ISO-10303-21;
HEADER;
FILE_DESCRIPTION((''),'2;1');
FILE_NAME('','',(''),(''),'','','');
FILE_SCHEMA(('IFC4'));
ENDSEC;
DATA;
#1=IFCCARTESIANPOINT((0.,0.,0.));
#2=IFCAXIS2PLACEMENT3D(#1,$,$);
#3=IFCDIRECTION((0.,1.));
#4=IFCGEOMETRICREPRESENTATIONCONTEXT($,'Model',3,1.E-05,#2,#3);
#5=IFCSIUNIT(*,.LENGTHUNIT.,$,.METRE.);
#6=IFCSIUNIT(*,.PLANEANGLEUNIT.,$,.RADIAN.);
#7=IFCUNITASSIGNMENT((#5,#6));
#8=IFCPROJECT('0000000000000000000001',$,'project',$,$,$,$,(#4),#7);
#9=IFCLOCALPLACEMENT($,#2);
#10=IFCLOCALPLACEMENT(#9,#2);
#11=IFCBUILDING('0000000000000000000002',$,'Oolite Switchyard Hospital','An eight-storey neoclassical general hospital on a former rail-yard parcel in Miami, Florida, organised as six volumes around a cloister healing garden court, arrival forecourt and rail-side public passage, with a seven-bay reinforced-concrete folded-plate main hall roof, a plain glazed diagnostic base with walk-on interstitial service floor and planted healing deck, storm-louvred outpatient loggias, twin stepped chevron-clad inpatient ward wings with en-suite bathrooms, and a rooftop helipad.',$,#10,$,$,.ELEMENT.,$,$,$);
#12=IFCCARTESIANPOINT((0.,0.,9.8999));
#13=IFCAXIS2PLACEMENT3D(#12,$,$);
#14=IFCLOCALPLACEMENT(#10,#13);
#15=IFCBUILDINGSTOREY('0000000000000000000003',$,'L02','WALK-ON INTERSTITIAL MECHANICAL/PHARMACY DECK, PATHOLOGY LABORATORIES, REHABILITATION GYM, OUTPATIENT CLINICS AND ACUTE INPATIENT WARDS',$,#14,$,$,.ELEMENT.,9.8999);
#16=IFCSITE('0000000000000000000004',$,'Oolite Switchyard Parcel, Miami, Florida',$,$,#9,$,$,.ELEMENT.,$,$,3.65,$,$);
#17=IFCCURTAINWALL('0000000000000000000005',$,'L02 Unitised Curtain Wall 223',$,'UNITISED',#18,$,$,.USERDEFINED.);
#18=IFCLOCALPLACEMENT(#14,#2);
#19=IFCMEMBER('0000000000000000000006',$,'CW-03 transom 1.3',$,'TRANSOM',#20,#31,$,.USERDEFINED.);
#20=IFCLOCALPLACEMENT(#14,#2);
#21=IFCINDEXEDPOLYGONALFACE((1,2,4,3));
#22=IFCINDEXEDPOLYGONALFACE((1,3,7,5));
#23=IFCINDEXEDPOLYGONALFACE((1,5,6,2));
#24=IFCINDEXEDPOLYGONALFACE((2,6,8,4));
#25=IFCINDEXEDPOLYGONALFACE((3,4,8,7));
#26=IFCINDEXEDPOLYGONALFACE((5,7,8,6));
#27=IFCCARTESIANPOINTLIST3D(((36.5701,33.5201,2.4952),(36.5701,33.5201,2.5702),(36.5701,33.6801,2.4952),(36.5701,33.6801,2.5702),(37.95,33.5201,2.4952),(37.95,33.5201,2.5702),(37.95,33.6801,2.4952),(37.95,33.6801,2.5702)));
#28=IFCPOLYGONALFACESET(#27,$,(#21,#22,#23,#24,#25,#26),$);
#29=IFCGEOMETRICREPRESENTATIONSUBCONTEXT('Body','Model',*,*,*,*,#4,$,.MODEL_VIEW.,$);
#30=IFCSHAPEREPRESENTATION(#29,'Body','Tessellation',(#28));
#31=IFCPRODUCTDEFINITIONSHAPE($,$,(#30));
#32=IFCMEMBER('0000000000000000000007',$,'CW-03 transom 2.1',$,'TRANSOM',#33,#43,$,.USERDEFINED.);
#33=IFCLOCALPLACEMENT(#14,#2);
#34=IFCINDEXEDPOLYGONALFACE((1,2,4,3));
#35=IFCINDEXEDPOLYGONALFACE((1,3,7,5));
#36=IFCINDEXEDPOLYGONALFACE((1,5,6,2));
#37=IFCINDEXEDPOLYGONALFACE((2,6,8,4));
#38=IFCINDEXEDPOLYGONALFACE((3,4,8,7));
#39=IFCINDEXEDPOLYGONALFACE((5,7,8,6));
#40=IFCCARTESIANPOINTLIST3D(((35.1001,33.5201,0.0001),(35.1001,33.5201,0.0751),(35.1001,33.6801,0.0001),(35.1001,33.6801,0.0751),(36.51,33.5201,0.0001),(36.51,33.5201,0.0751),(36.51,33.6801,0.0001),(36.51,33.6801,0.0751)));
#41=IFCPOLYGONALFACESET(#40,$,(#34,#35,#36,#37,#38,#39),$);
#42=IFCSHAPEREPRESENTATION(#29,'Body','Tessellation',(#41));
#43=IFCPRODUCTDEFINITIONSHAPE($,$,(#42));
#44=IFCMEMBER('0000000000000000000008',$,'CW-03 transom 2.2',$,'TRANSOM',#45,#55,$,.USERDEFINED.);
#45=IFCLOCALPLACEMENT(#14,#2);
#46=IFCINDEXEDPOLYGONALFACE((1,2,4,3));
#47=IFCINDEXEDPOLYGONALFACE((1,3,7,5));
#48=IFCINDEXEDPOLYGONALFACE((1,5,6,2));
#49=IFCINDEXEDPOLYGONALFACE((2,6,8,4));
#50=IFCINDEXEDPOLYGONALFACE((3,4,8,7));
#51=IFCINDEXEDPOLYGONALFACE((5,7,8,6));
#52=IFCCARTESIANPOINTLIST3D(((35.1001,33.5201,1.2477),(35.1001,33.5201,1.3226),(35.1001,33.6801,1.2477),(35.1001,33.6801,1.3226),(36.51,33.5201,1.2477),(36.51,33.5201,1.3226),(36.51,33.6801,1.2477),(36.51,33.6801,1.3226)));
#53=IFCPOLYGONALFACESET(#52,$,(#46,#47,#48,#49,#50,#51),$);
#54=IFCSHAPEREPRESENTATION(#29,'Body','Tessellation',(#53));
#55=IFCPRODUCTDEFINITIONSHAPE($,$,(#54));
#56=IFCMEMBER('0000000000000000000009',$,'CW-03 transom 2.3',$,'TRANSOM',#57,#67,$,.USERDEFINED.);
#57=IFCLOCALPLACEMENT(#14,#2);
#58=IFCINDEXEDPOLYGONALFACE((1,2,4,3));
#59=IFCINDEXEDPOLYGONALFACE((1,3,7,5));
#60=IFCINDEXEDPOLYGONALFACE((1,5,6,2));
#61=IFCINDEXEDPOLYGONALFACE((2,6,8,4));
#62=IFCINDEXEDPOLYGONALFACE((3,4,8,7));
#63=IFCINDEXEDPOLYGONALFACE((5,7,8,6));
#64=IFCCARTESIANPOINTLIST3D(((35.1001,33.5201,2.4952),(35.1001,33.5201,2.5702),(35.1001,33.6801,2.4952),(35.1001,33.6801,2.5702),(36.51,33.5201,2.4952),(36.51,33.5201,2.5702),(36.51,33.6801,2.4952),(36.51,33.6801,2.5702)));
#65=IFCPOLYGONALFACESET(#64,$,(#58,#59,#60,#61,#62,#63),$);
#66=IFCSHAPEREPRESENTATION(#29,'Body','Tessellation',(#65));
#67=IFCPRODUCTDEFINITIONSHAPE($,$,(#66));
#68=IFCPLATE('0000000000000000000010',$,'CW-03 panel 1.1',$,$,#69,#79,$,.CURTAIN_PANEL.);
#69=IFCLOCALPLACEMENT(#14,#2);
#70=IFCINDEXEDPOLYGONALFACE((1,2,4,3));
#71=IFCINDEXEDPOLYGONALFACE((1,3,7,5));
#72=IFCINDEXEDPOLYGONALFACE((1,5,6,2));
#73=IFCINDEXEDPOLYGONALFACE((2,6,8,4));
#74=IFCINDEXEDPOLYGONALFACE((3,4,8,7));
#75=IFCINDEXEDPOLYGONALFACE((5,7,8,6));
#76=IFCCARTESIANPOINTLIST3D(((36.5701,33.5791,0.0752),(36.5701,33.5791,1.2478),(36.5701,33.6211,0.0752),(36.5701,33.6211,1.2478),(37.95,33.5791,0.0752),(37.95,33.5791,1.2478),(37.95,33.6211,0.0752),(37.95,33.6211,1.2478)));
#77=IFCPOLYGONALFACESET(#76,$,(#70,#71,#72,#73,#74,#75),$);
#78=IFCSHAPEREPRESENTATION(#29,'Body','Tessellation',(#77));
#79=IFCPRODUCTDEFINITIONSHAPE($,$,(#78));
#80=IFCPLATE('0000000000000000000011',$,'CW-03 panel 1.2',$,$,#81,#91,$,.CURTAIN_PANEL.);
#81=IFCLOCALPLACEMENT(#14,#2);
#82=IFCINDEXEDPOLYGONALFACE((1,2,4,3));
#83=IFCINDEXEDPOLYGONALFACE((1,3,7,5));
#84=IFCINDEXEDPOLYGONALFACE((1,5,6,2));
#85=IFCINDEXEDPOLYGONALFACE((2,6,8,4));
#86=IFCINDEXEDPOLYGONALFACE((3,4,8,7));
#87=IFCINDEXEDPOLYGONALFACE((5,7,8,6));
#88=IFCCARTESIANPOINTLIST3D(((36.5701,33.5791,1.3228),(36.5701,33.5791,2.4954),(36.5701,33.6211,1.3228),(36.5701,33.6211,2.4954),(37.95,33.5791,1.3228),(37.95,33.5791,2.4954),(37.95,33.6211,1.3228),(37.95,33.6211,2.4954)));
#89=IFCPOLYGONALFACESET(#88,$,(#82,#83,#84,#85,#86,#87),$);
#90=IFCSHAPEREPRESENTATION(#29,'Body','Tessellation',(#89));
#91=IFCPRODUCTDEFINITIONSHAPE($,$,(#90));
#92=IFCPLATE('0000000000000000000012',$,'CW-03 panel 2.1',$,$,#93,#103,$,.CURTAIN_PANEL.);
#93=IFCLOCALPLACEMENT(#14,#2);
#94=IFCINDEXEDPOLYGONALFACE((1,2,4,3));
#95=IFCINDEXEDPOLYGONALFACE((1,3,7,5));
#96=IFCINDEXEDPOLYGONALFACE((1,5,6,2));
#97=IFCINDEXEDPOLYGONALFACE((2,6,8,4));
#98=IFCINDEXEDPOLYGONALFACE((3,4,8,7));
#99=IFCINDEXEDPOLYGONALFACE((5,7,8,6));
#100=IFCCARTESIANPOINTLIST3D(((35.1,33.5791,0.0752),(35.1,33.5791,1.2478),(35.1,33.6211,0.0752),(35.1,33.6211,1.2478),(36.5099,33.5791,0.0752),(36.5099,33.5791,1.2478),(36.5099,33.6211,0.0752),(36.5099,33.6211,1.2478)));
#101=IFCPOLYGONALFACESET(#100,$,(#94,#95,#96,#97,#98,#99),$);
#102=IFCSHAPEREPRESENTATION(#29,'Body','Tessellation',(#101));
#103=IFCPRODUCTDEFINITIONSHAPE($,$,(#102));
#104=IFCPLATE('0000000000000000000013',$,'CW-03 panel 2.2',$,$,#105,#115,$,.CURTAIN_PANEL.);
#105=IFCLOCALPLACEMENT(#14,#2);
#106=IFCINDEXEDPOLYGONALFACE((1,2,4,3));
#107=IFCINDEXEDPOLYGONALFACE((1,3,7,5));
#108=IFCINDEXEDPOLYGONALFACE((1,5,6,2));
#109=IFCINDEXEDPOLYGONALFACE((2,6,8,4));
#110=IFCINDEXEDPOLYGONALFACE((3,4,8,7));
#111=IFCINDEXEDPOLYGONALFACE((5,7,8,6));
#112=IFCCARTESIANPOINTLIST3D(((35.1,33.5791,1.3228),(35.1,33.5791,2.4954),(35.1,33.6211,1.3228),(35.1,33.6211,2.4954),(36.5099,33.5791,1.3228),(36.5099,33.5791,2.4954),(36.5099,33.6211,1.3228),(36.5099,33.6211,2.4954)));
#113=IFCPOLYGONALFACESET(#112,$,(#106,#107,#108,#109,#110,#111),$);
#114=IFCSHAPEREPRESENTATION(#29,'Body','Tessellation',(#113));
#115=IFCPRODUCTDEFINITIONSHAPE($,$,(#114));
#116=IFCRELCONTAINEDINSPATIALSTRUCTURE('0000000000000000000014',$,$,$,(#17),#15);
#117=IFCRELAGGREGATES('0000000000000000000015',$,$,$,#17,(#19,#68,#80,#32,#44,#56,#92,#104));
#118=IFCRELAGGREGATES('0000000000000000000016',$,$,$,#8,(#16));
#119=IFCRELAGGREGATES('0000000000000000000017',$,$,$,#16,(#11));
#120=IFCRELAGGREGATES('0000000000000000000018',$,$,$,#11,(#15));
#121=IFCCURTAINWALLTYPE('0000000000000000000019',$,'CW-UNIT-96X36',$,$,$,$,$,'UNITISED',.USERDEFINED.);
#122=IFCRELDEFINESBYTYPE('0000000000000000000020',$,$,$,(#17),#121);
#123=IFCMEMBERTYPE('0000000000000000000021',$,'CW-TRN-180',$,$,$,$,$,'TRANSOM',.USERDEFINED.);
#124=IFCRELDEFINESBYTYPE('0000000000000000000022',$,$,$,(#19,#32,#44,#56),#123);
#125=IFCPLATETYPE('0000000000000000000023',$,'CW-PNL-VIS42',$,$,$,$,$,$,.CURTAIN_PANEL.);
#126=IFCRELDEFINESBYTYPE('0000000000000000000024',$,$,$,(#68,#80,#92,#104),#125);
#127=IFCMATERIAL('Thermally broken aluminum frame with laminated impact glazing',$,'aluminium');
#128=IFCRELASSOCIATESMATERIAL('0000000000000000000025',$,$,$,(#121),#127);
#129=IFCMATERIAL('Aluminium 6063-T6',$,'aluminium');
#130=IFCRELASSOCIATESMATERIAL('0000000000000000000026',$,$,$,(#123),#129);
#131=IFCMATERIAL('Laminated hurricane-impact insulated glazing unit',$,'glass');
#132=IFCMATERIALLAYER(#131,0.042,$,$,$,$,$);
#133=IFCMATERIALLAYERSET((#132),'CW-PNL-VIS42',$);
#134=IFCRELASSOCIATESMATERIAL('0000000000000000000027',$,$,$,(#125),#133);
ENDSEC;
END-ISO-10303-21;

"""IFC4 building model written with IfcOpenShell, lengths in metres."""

from ifc_helpers import new_model, si_unit, direction, frame, origin, origin_2d, place, context, subcontext, project, spatial, rectangle, extrude, material, layer, layer_set, material_profile, profile_set, type_object, element, aggregate, save


model = new_model("IFC4")

# Units and contexts
model_context = context("Model", 3, precision=1e-05, world=origin(), true_north=direction((0.0, 1.0)))
body_context = subcontext(model_context, "Body", "Model", "MODEL_VIEW")
ifc_project = project(units=[si_unit("LENGTHUNIT", "METRE"), si_unit("PLANEANGLEUNIT", "RADIAN")], contexts=[model_context])

# Site, building, storey
site_placement = place(None, origin())
site = spatial("IfcSite", under=ifc_project, at=site_placement, Name="Oolite Switchyard Parcel, Miami, Florida", CompositionType="ELEMENT", RefElevation=3.65)
building_placement = place(site_placement, origin())
building = spatial("IfcBuilding", under=site, at=building_placement, Name="Oolite Switchyard Hospital", Description="An eight-storey neoclassical general hospital on a former rail-yard parcel in Miami, Florida, organised as six volumes around a cloister healing garden court, arrival forecourt and rail-side public passage, with a seven-bay reinforced-concrete folded-plate main hall roof, a plain glazed diagnostic base with walk-on interstitial service floor and planted healing deck, storm-louvred outpatient loggias, twin stepped chevron-clad inpatient ward wings with en-suite bathrooms, and a rooftop helipad.", CompositionType="ELEMENT")
storey_placement = place(building_placement, frame((0.0, 0.0, 9.8999)))
storey = spatial("IfcBuildingStorey", under=building, at=storey_placement, Name="L02", Description="WALK-ON INTERSTITIAL MECHANICAL/PHARMACY DECK, PATHOLOGY LABORATORIES, REHABILITATION GYM, OUTPATIENT CLINICS AND ACUTE INPATIENT WARDS", CompositionType="ELEMENT", Elevation=9.8999)

# Curtain wall, members, plates
ifc_material_1 = material(Name="Thermally broken aluminum frame with laminated impact glazing", Category="aluminium")
curtain_wall_type = type_object("IfcCurtainWallType", Name="CW-UNIT-96X36", ElementType="UNITISED", PredefinedType="USERDEFINED", material=ifc_material_1)
curtain_wall_placement = place(storey_placement, origin())
curtain_wall = element("IfcCurtainWall", 1, at=curtain_wall_placement, inside=storey, type_object=curtain_wall_type, Name="L02 Unitised Curtain Wall 223", ObjectType="UNITISED", PredefinedType="USERDEFINED")
ifc_material_2 = material(Name="Aluminium 6063-T6", Category="aluminium")
ifc_material_profile_1 = material_profile(ifc_material_2, rectangle(XDim=0.1599, YDim=0.075, at=origin_2d()), Name="CWT75X160")
ifc_profile_set_1 = profile_set([ifc_material_profile_1], Name="Aluminium 6063-T6")
member_type_1 = type_object("IfcMemberType", Name="CW-TRN-180", ElementType="TRANSOM", PredefinedType="USERDEFINED", material=ifc_profile_set_1)
member_1_placement = place(storey_placement, frame((37.95, 33.6001, 2.5327), z_axis=(-1.0, 0.0, 0.0), x_axis=(0.0, -1.0, 0.0)))
member_1 = element("IfcMember", 2, at=member_1_placement, type_object=member_type_1, Name="CW-03 transom 1.3", ObjectType="TRANSOM", PredefinedType="USERDEFINED", context=body_context, shape_type="SweptSolid", body=[
    extrude(rectangle(XDim=0.1599, YDim=0.075, at=origin_2d()), origin(), (0.0, 0.0, 1.0), 1.3799),
])
member_2_placement = place(storey_placement, frame((36.51, 33.6001, 0.0376), z_axis=(-1.0, 0.0, 0.0), x_axis=(0.0, -1.0, 0.0)))
member_2 = element("IfcMember", 3, at=member_2_placement, type_object=member_type_1, Name="CW-03 transom 2.1", ObjectType="TRANSOM", PredefinedType="USERDEFINED", context=body_context, shape_type="SweptSolid", body=[
    extrude(rectangle(XDim=0.1599, YDim=0.075, at=origin_2d()), origin(), (0.0, 0.0, 1.0), 1.4099),
])
member_3_placement = place(storey_placement, frame((36.51, 33.6001, 1.2852), z_axis=(-1.0, 0.0, 0.0), x_axis=(0.0, -1.0, 0.0)))
member_3 = element("IfcMember", 4, at=member_3_placement, type_object=member_type_1, Name="CW-03 transom 2.2", ObjectType="TRANSOM", PredefinedType="USERDEFINED", context=body_context, shape_type="SweptSolid", body=[
    extrude(rectangle(XDim=0.1599, YDim=0.075, at=origin_2d()), origin(), (0.0, 0.0, 1.0), 1.4099),
])
member_4_placement = place(storey_placement, frame((36.51, 33.6001, 2.5327), z_axis=(-1.0, 0.0, 0.0), x_axis=(0.0, -1.0, 0.0)))
member_4 = element("IfcMember", 5, at=member_4_placement, type_object=member_type_1, Name="CW-03 transom 2.3", ObjectType="TRANSOM", PredefinedType="USERDEFINED", context=body_context, shape_type="SweptSolid", body=[
    extrude(rectangle(XDim=0.1599, YDim=0.075, at=origin_2d()), origin(), (0.0, 0.0, 1.0), 1.4099),
])
ifc_material_3 = material(Name="Laminated hurricane-impact insulated glazing unit", Category="glass")
ifc_layer_1 = layer(ifc_material_3, 0.042)
ifc_layer_set_1 = layer_set([ifc_layer_1], Name="CW-PNL-VIS42")
plate_type = type_object("IfcPlateType", Name="CW-PNL-VIS42", PredefinedType="CURTAIN_PANEL", material=ifc_layer_set_1)
plate_1_placement = place(storey_placement, frame((37.26, 33.6001, 0.0752), z_axis=(0.0, 0.0, 1.0), x_axis=(-1.0, 0.0, 0.0)))
plate_1 = element("IfcPlate", 6, at=plate_1_placement, type_object=plate_type, Name="CW-03 panel 1.1", PredefinedType="CURTAIN_PANEL", context=body_context, shape_type="SweptSolid", body=[
    extrude(rectangle(XDim=1.3799, YDim=0.042, at=origin_2d()), origin(), (0.0, 0.0, 1.0), 1.1726),
])
plate_2_placement = place(storey_placement, frame((37.26, 33.6001, 1.3228), z_axis=(0.0, 0.0, 1.0), x_axis=(-1.0, 0.0, 0.0)))
plate_2 = element("IfcPlate", 7, at=plate_2_placement, type_object=plate_type, Name="CW-03 panel 1.2", PredefinedType="CURTAIN_PANEL", context=body_context, shape_type="SweptSolid", body=[
    extrude(rectangle(XDim=1.3799, YDim=0.042, at=origin_2d()), origin(), (0.0, 0.0, 1.0), 1.1726),
])
plate_3_placement = place(storey_placement, frame((35.8049, 33.6001, 0.0752), z_axis=(0.0, 0.0, 1.0), x_axis=(-1.0, 0.0, 0.0)))
plate_3 = element("IfcPlate", 8, at=plate_3_placement, type_object=plate_type, Name="CW-03 panel 2.1", PredefinedType="CURTAIN_PANEL", context=body_context, shape_type="SweptSolid", body=[
    extrude(rectangle(XDim=1.4099, YDim=0.042, at=origin_2d()), origin(), (0.0, 0.0, 1.0), 1.1726),
])
plate_4_placement = place(storey_placement, frame((35.8049, 33.6001, 1.3228), z_axis=(0.0, 0.0, 1.0), x_axis=(-1.0, 0.0, 0.0)))
plate_4 = element("IfcPlate", 9, at=plate_4_placement, type_object=plate_type, Name="CW-03 panel 2.2", PredefinedType="CURTAIN_PANEL", context=body_context, shape_type="SweptSolid", body=[
    extrude(rectangle(XDim=1.4099, YDim=0.042, at=origin_2d()), origin(), (0.0, 0.0, 1.0), 1.1726),
])
aggregate(curtain_wall, [member_1, plate_1, plate_2, member_2, member_3, member_4, plate_3, plate_4])

save(model, "model.ifc")
